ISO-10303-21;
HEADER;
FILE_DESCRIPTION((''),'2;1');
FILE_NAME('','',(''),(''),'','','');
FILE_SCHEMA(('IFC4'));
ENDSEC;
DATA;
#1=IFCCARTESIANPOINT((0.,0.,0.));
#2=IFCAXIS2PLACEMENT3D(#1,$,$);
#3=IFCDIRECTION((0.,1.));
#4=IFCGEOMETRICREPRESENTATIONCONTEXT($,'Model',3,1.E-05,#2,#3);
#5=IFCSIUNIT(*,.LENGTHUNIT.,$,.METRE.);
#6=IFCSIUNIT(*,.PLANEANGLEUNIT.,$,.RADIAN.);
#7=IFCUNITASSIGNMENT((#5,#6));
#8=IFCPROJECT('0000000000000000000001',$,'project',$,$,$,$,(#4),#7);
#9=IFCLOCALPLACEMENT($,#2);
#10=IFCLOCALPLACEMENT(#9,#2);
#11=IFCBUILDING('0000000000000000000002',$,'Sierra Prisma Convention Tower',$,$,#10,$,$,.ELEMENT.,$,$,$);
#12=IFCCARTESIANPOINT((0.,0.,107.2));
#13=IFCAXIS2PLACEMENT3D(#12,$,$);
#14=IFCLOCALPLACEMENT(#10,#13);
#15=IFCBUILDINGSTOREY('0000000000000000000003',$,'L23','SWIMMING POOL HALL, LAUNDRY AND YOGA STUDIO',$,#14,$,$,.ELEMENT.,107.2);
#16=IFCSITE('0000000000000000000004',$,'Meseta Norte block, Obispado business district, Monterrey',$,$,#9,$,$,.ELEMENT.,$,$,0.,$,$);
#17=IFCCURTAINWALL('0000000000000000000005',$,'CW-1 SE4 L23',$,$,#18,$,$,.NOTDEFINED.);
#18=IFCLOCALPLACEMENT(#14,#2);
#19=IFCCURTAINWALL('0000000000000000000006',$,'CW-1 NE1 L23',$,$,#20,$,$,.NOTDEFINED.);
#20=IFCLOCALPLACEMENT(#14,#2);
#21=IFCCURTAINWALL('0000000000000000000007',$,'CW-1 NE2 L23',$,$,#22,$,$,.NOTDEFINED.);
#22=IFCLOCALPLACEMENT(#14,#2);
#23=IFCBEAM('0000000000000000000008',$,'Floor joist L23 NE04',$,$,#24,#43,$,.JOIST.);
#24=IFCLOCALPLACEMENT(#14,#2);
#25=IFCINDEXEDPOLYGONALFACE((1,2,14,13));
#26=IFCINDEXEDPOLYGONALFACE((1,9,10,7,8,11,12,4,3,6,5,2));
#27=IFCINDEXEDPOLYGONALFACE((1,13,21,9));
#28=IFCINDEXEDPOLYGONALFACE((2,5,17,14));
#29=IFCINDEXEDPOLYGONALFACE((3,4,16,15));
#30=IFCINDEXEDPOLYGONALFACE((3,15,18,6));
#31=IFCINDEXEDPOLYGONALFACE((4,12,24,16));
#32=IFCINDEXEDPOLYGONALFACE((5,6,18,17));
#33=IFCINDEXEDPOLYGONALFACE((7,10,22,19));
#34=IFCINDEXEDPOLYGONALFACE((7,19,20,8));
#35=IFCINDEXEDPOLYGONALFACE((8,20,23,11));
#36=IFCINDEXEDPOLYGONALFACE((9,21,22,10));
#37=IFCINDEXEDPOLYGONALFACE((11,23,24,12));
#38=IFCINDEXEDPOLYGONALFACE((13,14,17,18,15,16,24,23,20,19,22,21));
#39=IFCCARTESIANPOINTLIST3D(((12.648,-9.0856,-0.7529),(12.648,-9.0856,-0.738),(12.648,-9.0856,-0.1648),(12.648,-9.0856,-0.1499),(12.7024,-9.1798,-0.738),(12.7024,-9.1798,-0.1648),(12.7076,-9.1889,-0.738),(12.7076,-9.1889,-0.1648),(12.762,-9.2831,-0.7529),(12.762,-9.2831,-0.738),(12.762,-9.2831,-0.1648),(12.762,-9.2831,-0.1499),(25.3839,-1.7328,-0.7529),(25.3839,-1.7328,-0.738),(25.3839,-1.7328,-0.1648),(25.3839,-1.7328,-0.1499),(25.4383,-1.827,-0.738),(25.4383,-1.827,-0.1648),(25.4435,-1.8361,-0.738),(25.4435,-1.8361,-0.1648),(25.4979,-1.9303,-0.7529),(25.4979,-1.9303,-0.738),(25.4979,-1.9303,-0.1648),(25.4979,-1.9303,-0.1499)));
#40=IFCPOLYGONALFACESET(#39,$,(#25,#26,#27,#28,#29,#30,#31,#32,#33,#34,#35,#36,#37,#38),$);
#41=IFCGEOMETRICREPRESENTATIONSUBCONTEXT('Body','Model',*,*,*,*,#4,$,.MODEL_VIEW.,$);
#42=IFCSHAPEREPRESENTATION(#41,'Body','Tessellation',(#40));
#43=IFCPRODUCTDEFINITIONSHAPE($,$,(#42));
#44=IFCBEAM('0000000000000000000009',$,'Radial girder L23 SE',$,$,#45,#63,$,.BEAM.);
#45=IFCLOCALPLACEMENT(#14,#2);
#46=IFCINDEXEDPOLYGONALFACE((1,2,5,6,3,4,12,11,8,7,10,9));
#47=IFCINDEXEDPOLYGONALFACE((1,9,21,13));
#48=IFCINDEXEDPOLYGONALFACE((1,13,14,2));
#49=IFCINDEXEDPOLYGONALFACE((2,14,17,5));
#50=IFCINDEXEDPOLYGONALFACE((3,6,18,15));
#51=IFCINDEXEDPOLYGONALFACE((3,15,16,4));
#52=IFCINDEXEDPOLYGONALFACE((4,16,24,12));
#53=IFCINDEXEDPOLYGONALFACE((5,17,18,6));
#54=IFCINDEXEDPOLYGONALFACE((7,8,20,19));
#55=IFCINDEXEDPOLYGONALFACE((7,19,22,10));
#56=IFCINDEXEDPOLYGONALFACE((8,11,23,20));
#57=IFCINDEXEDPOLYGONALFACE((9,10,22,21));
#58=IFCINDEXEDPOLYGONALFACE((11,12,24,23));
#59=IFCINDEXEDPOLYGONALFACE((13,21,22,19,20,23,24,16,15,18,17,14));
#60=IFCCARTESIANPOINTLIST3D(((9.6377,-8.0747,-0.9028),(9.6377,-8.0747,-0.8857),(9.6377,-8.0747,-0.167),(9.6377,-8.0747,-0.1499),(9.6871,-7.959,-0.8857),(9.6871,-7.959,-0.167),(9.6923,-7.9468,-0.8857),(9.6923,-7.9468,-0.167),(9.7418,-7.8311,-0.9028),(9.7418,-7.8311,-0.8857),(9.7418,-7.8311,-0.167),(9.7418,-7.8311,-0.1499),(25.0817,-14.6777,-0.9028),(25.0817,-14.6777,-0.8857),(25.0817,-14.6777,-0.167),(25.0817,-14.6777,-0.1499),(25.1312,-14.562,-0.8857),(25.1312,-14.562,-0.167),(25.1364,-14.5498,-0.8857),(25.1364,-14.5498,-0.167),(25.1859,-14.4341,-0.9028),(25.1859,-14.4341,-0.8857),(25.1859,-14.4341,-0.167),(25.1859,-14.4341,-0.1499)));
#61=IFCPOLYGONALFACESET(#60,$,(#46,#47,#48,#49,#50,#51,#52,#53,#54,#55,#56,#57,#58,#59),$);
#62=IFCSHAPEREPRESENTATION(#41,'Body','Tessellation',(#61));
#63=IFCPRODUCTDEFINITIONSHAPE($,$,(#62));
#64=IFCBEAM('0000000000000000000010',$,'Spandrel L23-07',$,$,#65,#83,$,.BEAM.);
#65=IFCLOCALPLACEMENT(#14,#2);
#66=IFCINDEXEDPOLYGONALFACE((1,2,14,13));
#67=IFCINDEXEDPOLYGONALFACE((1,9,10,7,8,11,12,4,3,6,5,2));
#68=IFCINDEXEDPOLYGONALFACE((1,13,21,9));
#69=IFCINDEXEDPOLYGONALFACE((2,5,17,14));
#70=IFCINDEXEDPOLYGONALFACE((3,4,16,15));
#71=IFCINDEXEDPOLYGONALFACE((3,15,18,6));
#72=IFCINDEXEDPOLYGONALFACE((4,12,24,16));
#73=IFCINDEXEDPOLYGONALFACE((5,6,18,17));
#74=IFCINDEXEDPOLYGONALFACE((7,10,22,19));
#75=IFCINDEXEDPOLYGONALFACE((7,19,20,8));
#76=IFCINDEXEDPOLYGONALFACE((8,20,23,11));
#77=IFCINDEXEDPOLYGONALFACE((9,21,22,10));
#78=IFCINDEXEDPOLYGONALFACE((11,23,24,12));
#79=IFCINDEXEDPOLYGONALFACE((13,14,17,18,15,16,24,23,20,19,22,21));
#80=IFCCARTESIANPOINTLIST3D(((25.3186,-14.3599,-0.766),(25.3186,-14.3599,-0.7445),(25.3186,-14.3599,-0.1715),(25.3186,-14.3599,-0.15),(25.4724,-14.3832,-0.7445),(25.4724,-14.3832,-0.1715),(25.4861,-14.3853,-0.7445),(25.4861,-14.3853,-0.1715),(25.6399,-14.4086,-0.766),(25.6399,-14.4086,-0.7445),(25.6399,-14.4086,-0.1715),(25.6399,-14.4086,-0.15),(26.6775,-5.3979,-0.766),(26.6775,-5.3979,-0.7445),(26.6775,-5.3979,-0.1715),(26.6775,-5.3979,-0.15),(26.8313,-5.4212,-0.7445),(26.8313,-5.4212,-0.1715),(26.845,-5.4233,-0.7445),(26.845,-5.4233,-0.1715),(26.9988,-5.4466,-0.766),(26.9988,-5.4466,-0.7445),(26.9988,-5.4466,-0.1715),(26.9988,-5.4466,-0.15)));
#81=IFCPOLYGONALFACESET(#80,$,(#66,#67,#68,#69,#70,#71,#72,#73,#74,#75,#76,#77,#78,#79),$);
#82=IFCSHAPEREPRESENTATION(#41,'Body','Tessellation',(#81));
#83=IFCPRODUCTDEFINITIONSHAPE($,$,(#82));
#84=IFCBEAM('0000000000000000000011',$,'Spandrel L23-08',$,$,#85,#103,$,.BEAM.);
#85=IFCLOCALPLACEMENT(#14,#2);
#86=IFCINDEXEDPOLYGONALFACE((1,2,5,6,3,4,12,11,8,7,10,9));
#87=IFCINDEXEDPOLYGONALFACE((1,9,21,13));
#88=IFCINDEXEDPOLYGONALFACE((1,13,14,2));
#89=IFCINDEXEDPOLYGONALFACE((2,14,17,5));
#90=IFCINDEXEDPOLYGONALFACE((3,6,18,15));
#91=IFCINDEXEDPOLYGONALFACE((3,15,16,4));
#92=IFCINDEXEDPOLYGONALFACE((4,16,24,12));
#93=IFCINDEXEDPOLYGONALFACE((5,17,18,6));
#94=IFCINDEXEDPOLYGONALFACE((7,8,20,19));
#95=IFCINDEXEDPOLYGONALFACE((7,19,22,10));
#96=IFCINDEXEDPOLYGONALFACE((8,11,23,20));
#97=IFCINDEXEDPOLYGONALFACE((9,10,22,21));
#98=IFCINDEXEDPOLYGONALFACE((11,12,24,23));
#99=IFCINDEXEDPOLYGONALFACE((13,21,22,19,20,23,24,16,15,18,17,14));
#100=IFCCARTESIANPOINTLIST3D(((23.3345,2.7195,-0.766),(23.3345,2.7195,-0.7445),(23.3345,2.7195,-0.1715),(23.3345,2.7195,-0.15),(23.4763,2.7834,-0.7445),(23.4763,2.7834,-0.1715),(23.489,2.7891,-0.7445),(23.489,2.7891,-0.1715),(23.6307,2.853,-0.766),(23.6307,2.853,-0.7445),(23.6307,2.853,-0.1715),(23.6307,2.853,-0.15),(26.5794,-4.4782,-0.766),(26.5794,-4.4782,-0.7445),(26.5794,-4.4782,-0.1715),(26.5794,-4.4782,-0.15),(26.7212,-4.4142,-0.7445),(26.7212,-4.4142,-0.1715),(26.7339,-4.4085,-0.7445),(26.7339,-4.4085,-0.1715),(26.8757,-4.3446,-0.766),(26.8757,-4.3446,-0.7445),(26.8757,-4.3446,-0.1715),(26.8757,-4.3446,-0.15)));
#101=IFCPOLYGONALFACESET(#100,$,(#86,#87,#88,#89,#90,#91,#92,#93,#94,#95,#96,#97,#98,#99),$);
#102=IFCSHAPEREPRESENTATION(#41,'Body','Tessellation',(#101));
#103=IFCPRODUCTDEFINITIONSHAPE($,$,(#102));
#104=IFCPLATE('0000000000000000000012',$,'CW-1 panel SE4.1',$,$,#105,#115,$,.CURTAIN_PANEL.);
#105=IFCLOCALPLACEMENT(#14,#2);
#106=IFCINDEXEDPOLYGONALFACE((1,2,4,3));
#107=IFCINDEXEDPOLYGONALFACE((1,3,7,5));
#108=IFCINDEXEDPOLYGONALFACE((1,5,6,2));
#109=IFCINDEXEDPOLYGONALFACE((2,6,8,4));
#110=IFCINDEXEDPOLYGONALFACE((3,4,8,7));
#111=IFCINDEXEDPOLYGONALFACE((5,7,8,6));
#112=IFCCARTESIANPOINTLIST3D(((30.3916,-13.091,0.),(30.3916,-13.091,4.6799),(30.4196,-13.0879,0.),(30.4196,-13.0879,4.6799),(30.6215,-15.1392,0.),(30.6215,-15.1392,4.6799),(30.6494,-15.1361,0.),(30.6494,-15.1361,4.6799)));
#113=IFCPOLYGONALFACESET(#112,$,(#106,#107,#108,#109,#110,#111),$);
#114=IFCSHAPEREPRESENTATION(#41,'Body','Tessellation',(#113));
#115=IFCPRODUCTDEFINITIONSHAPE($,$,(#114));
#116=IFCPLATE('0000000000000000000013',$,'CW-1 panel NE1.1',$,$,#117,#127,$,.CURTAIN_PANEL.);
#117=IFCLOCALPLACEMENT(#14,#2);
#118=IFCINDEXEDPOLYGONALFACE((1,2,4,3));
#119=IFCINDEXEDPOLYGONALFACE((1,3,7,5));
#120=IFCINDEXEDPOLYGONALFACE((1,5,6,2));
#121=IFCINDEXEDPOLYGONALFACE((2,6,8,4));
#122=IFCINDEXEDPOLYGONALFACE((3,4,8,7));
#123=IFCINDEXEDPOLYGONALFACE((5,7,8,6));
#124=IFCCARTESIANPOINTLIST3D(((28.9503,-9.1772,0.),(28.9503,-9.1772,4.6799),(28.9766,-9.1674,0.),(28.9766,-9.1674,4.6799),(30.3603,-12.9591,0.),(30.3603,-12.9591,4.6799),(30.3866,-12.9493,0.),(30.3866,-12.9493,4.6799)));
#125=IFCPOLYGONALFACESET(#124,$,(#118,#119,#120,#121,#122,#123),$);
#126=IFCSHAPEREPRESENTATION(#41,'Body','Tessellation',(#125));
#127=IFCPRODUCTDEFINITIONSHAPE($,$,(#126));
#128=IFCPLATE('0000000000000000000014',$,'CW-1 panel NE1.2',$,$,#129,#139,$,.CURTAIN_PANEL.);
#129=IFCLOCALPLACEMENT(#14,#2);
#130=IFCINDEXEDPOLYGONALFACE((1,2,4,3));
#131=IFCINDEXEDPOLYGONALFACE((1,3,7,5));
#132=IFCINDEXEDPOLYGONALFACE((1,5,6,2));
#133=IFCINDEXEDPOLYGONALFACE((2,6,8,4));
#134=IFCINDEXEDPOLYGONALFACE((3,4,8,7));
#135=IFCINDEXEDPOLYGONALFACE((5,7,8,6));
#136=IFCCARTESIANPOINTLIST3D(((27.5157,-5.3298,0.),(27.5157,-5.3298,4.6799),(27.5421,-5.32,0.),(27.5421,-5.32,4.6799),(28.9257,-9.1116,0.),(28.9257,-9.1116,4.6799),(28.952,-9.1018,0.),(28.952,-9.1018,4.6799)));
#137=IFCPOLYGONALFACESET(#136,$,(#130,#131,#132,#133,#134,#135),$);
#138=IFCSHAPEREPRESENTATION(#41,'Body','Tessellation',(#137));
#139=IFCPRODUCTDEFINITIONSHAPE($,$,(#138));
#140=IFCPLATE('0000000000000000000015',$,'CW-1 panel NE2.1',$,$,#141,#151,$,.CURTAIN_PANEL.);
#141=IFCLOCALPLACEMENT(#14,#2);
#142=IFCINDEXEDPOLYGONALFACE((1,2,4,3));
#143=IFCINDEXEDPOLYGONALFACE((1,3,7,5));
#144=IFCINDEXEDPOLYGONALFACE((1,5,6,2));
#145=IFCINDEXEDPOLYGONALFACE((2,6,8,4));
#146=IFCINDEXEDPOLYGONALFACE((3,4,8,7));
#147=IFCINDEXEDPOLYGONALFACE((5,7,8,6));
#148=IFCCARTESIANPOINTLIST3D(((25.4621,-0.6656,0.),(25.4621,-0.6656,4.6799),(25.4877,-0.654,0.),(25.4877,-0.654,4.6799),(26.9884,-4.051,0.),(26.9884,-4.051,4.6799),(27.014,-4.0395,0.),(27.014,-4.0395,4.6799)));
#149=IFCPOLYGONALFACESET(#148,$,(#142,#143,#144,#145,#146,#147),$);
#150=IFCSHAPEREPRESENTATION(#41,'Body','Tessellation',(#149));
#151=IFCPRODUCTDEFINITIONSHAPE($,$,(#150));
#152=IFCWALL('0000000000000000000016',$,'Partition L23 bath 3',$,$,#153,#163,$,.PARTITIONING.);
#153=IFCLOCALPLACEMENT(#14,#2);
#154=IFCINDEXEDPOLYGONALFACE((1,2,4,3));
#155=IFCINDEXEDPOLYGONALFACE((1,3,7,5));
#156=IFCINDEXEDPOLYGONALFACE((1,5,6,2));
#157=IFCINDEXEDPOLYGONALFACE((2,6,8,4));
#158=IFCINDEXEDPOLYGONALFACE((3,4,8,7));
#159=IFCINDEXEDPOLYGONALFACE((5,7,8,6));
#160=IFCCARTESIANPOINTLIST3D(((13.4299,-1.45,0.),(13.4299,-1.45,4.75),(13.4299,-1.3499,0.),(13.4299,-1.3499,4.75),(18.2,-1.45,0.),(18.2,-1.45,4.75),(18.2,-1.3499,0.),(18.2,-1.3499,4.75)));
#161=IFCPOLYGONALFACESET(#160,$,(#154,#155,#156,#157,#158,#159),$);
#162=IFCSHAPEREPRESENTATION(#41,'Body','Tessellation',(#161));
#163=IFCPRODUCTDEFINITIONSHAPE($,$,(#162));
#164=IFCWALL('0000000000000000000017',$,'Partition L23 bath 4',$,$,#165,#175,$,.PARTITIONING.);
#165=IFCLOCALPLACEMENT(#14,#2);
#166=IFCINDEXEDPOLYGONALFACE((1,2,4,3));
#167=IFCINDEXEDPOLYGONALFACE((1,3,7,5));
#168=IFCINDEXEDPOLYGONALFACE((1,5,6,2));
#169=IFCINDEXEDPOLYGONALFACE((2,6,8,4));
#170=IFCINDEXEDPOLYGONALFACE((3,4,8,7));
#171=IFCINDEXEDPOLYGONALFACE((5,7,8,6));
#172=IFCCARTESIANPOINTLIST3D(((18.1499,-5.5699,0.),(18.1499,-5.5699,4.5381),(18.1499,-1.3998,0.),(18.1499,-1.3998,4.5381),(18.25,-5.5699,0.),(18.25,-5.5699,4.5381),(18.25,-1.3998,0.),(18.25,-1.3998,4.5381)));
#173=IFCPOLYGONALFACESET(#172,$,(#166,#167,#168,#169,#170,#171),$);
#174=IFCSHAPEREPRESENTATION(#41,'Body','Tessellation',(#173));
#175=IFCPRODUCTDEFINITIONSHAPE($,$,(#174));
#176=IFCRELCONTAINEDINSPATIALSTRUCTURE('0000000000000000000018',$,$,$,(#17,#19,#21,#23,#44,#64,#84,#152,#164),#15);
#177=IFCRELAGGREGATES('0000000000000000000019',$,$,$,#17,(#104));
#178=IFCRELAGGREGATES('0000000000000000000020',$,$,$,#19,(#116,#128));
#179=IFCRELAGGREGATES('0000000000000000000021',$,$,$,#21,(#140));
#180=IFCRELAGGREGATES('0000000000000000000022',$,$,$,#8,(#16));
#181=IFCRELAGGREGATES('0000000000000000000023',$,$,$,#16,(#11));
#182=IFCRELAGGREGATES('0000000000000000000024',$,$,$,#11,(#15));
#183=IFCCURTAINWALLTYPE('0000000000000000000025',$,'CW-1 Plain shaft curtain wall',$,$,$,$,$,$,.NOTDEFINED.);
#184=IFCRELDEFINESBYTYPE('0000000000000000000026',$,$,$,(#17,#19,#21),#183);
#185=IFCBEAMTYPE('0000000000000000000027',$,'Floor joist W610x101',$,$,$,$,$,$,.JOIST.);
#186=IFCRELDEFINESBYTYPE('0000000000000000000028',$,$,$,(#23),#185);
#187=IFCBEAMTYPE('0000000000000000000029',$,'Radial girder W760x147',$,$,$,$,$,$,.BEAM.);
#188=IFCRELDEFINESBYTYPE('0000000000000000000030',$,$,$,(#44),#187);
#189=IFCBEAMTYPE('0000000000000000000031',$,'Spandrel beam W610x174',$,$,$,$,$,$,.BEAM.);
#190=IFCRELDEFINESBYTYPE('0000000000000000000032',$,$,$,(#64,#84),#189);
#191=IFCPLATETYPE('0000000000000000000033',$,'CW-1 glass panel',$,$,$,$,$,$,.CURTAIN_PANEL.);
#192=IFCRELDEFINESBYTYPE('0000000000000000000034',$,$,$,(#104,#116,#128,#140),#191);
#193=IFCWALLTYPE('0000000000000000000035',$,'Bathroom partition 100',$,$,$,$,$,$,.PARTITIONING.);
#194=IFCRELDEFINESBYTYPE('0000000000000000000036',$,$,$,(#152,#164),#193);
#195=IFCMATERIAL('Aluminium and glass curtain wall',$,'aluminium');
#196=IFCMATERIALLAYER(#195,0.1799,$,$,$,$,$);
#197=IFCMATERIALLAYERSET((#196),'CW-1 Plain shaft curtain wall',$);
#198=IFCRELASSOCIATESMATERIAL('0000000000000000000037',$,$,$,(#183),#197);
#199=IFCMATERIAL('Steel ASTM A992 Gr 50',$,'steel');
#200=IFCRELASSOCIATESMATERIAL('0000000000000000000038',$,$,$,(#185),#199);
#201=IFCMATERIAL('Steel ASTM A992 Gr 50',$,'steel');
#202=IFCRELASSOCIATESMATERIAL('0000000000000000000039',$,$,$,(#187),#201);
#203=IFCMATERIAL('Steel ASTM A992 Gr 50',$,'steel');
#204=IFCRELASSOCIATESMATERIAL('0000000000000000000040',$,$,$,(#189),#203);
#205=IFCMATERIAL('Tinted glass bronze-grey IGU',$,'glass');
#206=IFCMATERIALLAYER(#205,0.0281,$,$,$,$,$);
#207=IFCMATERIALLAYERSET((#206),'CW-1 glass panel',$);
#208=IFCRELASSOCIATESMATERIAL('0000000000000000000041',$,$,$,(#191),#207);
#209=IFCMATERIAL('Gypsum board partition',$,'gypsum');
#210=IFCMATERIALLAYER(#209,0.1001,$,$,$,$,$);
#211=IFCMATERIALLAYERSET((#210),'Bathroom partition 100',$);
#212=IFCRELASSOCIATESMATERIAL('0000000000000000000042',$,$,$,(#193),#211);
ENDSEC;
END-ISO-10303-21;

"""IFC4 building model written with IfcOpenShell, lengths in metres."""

from ifc_helpers import new_model, si_unit, direction, frame, frame_2d, origin, origin_2d, place, context, subcontext, project, spatial, rectangle, i_section, extrude, material, layer, layer_set, material_profile, profile_set, type_object, element, aggregate, save


model = new_model("IFC4")

# Units and contexts
model_context = context("Model", 3, precision=1e-05, world=origin(), true_north=direction((0.0, 1.0)))
body_context = subcontext(model_context, "Body", "Model", "MODEL_VIEW")
ifc_project = project(units=[si_unit("LENGTHUNIT", "METRE"), si_unit("PLANEANGLEUNIT", "RADIAN")], contexts=[model_context])

# Site, building, storey
site_placement = place(None, origin())
site = spatial("IfcSite", under=ifc_project, at=site_placement, Name="Meseta Norte block, Obispado business district, Monterrey", CompositionType="ELEMENT", RefElevation=0.0)
building_placement = place(site_placement, origin())
building = spatial("IfcBuilding", under=site, at=building_placement, Name="Sierra Prisma Convention Tower", CompositionType="ELEMENT")
storey_placement = place(building_placement, frame((0.0, 0.0, 107.2)))
storey = spatial("IfcBuildingStorey", under=building, at=storey_placement, Name="L23", Description="SWIMMING POOL HALL, LAUNDRY AND YOGA STUDIO", CompositionType="ELEMENT", Elevation=107.2)

# Curtain wall
ifc_material_1 = material(Name="Aluminium and glass curtain wall", Category="aluminium")
ifc_layer_1 = layer(ifc_material_1, 0.1799)
ifc_layer_set_1 = layer_set([ifc_layer_1], Name="CW-1 Plain shaft curtain wall")
curtain_wall_type = type_object("IfcCurtainWallType", Name="CW-1 Plain shaft curtain wall", PredefinedType="NOTDEFINED", material=ifc_layer_set_1)
curtain_wall_1_placement = place(storey_placement, origin())
curtain_wall_1 = element("IfcCurtainWall", 1, at=curtain_wall_1_placement, inside=storey, type_object=curtain_wall_type, Name="CW-1 SE4 L23", PredefinedType="NOTDEFINED")

# Curtain walls
curtain_wall_2_placement = place(storey_placement, origin())
curtain_wall_2 = element("IfcCurtainWall", 2, at=curtain_wall_2_placement, inside=storey, type_object=curtain_wall_type, Name="CW-1 NE1 L23", PredefinedType="NOTDEFINED")
curtain_wall_3_placement = place(storey_placement, origin())
curtain_wall_3 = element("IfcCurtainWall", 3, at=curtain_wall_3_placement, inside=storey, type_object=curtain_wall_type, Name="CW-1 NE2 L23", PredefinedType="NOTDEFINED")

# Beams
ifc_material_2 = material(Name="Steel ASTM A992 Gr 50", Category="steel")
ifc_material_profile_1 = material_profile(ifc_material_2, i_section(OverallWidth=0.228, OverallDepth=0.603, WebThickness=0.0105, FlangeThickness=0.0149, at=origin_2d()), Name="W610x101")
ifc_profile_set_1 = profile_set([ifc_material_profile_1], Name="Steel ASTM A992 Gr 50")
beam_type_1 = type_object("IfcBeamType", Name="Floor joist W610x101", PredefinedType="JOIST", material=ifc_profile_set_1)
beam_1_placement = place(storey_placement, frame((25.4409, -1.8315, -0.4514), z_axis=(-0.866033, -0.499987, 0.0), x_axis=(0.499987, -0.866033, 0.0)))
element("IfcBeam", 4, at=beam_1_placement, inside=storey, type_object=beam_type_1, Name="Floor joist L23 NE04", PredefinedType="JOIST", context=body_context, shape_type="SweptSolid", body=[
    extrude(i_section(OverallWidth=0.228, OverallDepth=0.603, WebThickness=0.0105, FlangeThickness=0.0149, at=origin_2d()), origin(), (0.0, 0.0, 1.0), 14.7061),
])
ifc_material_3 = material(Name="Steel ASTM A992 Gr 50", Category="steel")
ifc_material_profile_2 = material_profile(ifc_material_3, i_section(OverallWidth=0.2649, OverallDepth=0.7529, WebThickness=0.0132, FlangeThickness=0.0171, at=origin_2d()), Name="W760x147")
ifc_profile_set_2 = profile_set([ifc_material_profile_2], Name="Steel ASTM A992 Gr 50")
beam_type_2 = type_object("IfcBeamType", Name="Radial girder W760x147", PredefinedType="BEAM", material=ifc_profile_set_2)
beam_2_placement = place(storey_placement, frame((25.1338, -14.5559, -0.5264), z_axis=(-0.919487, 0.393121, 0.0), x_axis=(-0.393121, -0.919487, 0.0)))
element("IfcBeam", 5, at=beam_2_placement, inside=storey, type_object=beam_type_2, Name="Radial girder L23 SE", PredefinedType="BEAM", context=body_context, shape_type="SweptSolid", body=[
    extrude(i_section(OverallWidth=0.2649, OverallDepth=0.7529, WebThickness=0.0132, FlangeThickness=0.0171, at=origin_2d()), origin(), (0.0, 0.0, 1.0), 16.7964),
])
ifc_material_4 = material(Name="Steel ASTM A992 Gr 50", Category="steel")
ifc_material_profile_3 = material_profile(ifc_material_4, i_section(OverallWidth=0.325, OverallDepth=0.616, WebThickness=0.0139, FlangeThickness=0.0215, at=origin_2d()), Name="W610x174")
ifc_profile_set_3 = profile_set([ifc_material_profile_3], Name="Steel ASTM A992 Gr 50")
beam_type_3 = type_object("IfcBeamType", Name="Spandrel beam W610x174", PredefinedType="BEAM", material=ifc_profile_set_3)
beam_3_placement = place(storey_placement, frame((25.4792, -14.3843, -0.458), z_axis=(0.149915, 0.988699, 0.0), x_axis=(-0.988699, 0.149915, 0.0)))
element("IfcBeam", 6, at=beam_3_placement, inside=storey, type_object=beam_type_3, Name="Spandrel L23-07", PredefinedType="BEAM", context=body_context, shape_type="SweptSolid", body=[
    extrude(i_section(OverallWidth=0.325, OverallDepth=0.616, WebThickness=0.0139, FlangeThickness=0.0215, at=origin_2d()), origin(), (0.0, 0.0, 1.0), 9.0645),
])
beam_4_placement = place(storey_placement, frame((26.7275, -4.4114, -0.458), z_axis=(-0.410996, 0.911637, 0.0), x_axis=(-0.911637, -0.410996, 0.0)))
element("IfcBeam", 7, at=beam_4_placement, inside=storey, type_object=beam_type_3, Name="Spandrel L23-08", PredefinedType="BEAM", context=body_context, shape_type="SweptSolid", body=[
    extrude(i_section(OverallWidth=0.325, OverallDepth=0.616, WebThickness=0.0139, FlangeThickness=0.0215, at=origin_2d()), origin(), (0.0, 0.0, 1.0), 7.8953),
])

# Plates
ifc_material_5 = material(Name="Tinted glass bronze-grey IGU", Category="glass")
ifc_layer_2 = layer(ifc_material_5, 0.0281)
ifc_layer_set_2 = layer_set([ifc_layer_2], Name="CW-1 glass panel")
plate_type = type_object("IfcPlateType", Name="CW-1 glass panel", PredefinedType="CURTAIN_PANEL", material=ifc_layer_set_2)
plate_1_placement = place(storey_placement, frame((30.5205, -14.1135, 0.0), z_axis=(0.0, 0.0, 1.0), x_axis=(-0.111505, 0.993764, 0.0)))
plate_1 = element("IfcPlate", 8, at=plate_1_placement, type_object=plate_type, Name="CW-1 panel SE4.1", PredefinedType="CURTAIN_PANEL", context=body_context, shape_type="SweptSolid", body=[
    extrude(rectangle(XDim=2.061, YDim=0.0281, at=origin_2d()), origin(), (0.0, 0.0, 1.0), 4.6799),
])
aggregate(curtain_wall_1, [plate_1])
plate_2_placement = place(storey_placement, frame((29.6685, -11.0632, 0.0), z_axis=(0.0, 0.0, 1.0), x_axis=(-0.349337, 0.936997, 0.0)))
plate_2 = element("IfcPlate", 9, at=plate_2_placement, type_object=plate_type, Name="CW-1 panel NE1.1", PredefinedType="CURTAIN_PANEL", context=body_context, shape_type="SweptSolid", body=[
    extrude(rectangle(XDim=4.0361, YDim=0.0281, at=origin_2d()), origin(), (0.0, 0.0, 1.0), 4.6799),
])
plate_3_placement = place(storey_placement, frame((28.2339, -7.2158, 0.0), z_axis=(0.0, 0.0, 1.0), x_axis=(-0.349337, 0.936997, 0.0)))
plate_3 = element("IfcPlate", 10, at=plate_3_placement, type_object=plate_type, Name="CW-1 panel NE1.2", PredefinedType="CURTAIN_PANEL", context=body_context, shape_type="SweptSolid", body=[
    extrude(rectangle(XDim=4.0361, YDim=0.0281, at=origin_2d()), origin(), (0.0, 0.0, 1.0), 4.6799),
])
aggregate(curtain_wall_2, [plate_2, plate_3])
plate_4_placement = place(storey_placement, frame((26.238, -2.3525, 0.0), z_axis=(0.0, 0.0, 1.0), x_axis=(-0.411006, 0.911632, 0.0)))
plate_4 = element("IfcPlate", 11, at=plate_4_placement, type_object=plate_type, Name="CW-1 panel NE2.1", PredefinedType="CURTAIN_PANEL", context=body_context, shape_type="SweptSolid", body=[
    extrude(rectangle(XDim=3.7136, YDim=0.0281, at=origin_2d()), origin(), (0.0, 0.0, 1.0), 4.6799),
])
aggregate(curtain_wall_3, [plate_4])

# Walls
ifc_material_6 = material(Name="Gypsum board partition", Category="gypsum")
ifc_layer_3 = layer(ifc_material_6, 0.1001)
ifc_layer_set_3 = layer_set([ifc_layer_3], Name="Bathroom partition 100")
wall_type_1 = type_object("IfcWallType", Name="Bathroom partition 100", PredefinedType="PARTITIONING", material=ifc_layer_set_3)
wall_1_placement = place(storey_placement, frame((13.4299, -1.3999, 0.0), z_axis=(0.0, 0.0, 1.0), x_axis=(1.0, 0.0, 0.0)))
element("IfcWall", 12, at=wall_1_placement, inside=storey, type_object=wall_type_1, Name="Partition L23 bath 3", PredefinedType="PARTITIONING", context=body_context, shape_type="SweptSolid", body=[
    extrude(rectangle(XDim=4.77, YDim=0.1001, at=frame_2d((2.385, 0.0))), origin(), (0.0, 0.0, 1.0), 4.75),
])
wall_2_placement = place(storey_placement, frame((18.2, -1.3999, 0.0), z_axis=(0.0, 0.0, 1.0), x_axis=(0.0, -1.0, 0.0)))
element("IfcWall", 13, at=wall_2_placement, inside=storey, type_object=wall_type_1, Name="Partition L23 bath 4", PredefinedType="PARTITIONING", context=body_context, shape_type="SweptSolid", body=[
    extrude(rectangle(XDim=4.1702, YDim=0.1001, at=frame_2d((2.085, 0.0))), origin(), (0.0, 0.0, 1.0), 4.5381),
])

save(model, "model.ifc")
